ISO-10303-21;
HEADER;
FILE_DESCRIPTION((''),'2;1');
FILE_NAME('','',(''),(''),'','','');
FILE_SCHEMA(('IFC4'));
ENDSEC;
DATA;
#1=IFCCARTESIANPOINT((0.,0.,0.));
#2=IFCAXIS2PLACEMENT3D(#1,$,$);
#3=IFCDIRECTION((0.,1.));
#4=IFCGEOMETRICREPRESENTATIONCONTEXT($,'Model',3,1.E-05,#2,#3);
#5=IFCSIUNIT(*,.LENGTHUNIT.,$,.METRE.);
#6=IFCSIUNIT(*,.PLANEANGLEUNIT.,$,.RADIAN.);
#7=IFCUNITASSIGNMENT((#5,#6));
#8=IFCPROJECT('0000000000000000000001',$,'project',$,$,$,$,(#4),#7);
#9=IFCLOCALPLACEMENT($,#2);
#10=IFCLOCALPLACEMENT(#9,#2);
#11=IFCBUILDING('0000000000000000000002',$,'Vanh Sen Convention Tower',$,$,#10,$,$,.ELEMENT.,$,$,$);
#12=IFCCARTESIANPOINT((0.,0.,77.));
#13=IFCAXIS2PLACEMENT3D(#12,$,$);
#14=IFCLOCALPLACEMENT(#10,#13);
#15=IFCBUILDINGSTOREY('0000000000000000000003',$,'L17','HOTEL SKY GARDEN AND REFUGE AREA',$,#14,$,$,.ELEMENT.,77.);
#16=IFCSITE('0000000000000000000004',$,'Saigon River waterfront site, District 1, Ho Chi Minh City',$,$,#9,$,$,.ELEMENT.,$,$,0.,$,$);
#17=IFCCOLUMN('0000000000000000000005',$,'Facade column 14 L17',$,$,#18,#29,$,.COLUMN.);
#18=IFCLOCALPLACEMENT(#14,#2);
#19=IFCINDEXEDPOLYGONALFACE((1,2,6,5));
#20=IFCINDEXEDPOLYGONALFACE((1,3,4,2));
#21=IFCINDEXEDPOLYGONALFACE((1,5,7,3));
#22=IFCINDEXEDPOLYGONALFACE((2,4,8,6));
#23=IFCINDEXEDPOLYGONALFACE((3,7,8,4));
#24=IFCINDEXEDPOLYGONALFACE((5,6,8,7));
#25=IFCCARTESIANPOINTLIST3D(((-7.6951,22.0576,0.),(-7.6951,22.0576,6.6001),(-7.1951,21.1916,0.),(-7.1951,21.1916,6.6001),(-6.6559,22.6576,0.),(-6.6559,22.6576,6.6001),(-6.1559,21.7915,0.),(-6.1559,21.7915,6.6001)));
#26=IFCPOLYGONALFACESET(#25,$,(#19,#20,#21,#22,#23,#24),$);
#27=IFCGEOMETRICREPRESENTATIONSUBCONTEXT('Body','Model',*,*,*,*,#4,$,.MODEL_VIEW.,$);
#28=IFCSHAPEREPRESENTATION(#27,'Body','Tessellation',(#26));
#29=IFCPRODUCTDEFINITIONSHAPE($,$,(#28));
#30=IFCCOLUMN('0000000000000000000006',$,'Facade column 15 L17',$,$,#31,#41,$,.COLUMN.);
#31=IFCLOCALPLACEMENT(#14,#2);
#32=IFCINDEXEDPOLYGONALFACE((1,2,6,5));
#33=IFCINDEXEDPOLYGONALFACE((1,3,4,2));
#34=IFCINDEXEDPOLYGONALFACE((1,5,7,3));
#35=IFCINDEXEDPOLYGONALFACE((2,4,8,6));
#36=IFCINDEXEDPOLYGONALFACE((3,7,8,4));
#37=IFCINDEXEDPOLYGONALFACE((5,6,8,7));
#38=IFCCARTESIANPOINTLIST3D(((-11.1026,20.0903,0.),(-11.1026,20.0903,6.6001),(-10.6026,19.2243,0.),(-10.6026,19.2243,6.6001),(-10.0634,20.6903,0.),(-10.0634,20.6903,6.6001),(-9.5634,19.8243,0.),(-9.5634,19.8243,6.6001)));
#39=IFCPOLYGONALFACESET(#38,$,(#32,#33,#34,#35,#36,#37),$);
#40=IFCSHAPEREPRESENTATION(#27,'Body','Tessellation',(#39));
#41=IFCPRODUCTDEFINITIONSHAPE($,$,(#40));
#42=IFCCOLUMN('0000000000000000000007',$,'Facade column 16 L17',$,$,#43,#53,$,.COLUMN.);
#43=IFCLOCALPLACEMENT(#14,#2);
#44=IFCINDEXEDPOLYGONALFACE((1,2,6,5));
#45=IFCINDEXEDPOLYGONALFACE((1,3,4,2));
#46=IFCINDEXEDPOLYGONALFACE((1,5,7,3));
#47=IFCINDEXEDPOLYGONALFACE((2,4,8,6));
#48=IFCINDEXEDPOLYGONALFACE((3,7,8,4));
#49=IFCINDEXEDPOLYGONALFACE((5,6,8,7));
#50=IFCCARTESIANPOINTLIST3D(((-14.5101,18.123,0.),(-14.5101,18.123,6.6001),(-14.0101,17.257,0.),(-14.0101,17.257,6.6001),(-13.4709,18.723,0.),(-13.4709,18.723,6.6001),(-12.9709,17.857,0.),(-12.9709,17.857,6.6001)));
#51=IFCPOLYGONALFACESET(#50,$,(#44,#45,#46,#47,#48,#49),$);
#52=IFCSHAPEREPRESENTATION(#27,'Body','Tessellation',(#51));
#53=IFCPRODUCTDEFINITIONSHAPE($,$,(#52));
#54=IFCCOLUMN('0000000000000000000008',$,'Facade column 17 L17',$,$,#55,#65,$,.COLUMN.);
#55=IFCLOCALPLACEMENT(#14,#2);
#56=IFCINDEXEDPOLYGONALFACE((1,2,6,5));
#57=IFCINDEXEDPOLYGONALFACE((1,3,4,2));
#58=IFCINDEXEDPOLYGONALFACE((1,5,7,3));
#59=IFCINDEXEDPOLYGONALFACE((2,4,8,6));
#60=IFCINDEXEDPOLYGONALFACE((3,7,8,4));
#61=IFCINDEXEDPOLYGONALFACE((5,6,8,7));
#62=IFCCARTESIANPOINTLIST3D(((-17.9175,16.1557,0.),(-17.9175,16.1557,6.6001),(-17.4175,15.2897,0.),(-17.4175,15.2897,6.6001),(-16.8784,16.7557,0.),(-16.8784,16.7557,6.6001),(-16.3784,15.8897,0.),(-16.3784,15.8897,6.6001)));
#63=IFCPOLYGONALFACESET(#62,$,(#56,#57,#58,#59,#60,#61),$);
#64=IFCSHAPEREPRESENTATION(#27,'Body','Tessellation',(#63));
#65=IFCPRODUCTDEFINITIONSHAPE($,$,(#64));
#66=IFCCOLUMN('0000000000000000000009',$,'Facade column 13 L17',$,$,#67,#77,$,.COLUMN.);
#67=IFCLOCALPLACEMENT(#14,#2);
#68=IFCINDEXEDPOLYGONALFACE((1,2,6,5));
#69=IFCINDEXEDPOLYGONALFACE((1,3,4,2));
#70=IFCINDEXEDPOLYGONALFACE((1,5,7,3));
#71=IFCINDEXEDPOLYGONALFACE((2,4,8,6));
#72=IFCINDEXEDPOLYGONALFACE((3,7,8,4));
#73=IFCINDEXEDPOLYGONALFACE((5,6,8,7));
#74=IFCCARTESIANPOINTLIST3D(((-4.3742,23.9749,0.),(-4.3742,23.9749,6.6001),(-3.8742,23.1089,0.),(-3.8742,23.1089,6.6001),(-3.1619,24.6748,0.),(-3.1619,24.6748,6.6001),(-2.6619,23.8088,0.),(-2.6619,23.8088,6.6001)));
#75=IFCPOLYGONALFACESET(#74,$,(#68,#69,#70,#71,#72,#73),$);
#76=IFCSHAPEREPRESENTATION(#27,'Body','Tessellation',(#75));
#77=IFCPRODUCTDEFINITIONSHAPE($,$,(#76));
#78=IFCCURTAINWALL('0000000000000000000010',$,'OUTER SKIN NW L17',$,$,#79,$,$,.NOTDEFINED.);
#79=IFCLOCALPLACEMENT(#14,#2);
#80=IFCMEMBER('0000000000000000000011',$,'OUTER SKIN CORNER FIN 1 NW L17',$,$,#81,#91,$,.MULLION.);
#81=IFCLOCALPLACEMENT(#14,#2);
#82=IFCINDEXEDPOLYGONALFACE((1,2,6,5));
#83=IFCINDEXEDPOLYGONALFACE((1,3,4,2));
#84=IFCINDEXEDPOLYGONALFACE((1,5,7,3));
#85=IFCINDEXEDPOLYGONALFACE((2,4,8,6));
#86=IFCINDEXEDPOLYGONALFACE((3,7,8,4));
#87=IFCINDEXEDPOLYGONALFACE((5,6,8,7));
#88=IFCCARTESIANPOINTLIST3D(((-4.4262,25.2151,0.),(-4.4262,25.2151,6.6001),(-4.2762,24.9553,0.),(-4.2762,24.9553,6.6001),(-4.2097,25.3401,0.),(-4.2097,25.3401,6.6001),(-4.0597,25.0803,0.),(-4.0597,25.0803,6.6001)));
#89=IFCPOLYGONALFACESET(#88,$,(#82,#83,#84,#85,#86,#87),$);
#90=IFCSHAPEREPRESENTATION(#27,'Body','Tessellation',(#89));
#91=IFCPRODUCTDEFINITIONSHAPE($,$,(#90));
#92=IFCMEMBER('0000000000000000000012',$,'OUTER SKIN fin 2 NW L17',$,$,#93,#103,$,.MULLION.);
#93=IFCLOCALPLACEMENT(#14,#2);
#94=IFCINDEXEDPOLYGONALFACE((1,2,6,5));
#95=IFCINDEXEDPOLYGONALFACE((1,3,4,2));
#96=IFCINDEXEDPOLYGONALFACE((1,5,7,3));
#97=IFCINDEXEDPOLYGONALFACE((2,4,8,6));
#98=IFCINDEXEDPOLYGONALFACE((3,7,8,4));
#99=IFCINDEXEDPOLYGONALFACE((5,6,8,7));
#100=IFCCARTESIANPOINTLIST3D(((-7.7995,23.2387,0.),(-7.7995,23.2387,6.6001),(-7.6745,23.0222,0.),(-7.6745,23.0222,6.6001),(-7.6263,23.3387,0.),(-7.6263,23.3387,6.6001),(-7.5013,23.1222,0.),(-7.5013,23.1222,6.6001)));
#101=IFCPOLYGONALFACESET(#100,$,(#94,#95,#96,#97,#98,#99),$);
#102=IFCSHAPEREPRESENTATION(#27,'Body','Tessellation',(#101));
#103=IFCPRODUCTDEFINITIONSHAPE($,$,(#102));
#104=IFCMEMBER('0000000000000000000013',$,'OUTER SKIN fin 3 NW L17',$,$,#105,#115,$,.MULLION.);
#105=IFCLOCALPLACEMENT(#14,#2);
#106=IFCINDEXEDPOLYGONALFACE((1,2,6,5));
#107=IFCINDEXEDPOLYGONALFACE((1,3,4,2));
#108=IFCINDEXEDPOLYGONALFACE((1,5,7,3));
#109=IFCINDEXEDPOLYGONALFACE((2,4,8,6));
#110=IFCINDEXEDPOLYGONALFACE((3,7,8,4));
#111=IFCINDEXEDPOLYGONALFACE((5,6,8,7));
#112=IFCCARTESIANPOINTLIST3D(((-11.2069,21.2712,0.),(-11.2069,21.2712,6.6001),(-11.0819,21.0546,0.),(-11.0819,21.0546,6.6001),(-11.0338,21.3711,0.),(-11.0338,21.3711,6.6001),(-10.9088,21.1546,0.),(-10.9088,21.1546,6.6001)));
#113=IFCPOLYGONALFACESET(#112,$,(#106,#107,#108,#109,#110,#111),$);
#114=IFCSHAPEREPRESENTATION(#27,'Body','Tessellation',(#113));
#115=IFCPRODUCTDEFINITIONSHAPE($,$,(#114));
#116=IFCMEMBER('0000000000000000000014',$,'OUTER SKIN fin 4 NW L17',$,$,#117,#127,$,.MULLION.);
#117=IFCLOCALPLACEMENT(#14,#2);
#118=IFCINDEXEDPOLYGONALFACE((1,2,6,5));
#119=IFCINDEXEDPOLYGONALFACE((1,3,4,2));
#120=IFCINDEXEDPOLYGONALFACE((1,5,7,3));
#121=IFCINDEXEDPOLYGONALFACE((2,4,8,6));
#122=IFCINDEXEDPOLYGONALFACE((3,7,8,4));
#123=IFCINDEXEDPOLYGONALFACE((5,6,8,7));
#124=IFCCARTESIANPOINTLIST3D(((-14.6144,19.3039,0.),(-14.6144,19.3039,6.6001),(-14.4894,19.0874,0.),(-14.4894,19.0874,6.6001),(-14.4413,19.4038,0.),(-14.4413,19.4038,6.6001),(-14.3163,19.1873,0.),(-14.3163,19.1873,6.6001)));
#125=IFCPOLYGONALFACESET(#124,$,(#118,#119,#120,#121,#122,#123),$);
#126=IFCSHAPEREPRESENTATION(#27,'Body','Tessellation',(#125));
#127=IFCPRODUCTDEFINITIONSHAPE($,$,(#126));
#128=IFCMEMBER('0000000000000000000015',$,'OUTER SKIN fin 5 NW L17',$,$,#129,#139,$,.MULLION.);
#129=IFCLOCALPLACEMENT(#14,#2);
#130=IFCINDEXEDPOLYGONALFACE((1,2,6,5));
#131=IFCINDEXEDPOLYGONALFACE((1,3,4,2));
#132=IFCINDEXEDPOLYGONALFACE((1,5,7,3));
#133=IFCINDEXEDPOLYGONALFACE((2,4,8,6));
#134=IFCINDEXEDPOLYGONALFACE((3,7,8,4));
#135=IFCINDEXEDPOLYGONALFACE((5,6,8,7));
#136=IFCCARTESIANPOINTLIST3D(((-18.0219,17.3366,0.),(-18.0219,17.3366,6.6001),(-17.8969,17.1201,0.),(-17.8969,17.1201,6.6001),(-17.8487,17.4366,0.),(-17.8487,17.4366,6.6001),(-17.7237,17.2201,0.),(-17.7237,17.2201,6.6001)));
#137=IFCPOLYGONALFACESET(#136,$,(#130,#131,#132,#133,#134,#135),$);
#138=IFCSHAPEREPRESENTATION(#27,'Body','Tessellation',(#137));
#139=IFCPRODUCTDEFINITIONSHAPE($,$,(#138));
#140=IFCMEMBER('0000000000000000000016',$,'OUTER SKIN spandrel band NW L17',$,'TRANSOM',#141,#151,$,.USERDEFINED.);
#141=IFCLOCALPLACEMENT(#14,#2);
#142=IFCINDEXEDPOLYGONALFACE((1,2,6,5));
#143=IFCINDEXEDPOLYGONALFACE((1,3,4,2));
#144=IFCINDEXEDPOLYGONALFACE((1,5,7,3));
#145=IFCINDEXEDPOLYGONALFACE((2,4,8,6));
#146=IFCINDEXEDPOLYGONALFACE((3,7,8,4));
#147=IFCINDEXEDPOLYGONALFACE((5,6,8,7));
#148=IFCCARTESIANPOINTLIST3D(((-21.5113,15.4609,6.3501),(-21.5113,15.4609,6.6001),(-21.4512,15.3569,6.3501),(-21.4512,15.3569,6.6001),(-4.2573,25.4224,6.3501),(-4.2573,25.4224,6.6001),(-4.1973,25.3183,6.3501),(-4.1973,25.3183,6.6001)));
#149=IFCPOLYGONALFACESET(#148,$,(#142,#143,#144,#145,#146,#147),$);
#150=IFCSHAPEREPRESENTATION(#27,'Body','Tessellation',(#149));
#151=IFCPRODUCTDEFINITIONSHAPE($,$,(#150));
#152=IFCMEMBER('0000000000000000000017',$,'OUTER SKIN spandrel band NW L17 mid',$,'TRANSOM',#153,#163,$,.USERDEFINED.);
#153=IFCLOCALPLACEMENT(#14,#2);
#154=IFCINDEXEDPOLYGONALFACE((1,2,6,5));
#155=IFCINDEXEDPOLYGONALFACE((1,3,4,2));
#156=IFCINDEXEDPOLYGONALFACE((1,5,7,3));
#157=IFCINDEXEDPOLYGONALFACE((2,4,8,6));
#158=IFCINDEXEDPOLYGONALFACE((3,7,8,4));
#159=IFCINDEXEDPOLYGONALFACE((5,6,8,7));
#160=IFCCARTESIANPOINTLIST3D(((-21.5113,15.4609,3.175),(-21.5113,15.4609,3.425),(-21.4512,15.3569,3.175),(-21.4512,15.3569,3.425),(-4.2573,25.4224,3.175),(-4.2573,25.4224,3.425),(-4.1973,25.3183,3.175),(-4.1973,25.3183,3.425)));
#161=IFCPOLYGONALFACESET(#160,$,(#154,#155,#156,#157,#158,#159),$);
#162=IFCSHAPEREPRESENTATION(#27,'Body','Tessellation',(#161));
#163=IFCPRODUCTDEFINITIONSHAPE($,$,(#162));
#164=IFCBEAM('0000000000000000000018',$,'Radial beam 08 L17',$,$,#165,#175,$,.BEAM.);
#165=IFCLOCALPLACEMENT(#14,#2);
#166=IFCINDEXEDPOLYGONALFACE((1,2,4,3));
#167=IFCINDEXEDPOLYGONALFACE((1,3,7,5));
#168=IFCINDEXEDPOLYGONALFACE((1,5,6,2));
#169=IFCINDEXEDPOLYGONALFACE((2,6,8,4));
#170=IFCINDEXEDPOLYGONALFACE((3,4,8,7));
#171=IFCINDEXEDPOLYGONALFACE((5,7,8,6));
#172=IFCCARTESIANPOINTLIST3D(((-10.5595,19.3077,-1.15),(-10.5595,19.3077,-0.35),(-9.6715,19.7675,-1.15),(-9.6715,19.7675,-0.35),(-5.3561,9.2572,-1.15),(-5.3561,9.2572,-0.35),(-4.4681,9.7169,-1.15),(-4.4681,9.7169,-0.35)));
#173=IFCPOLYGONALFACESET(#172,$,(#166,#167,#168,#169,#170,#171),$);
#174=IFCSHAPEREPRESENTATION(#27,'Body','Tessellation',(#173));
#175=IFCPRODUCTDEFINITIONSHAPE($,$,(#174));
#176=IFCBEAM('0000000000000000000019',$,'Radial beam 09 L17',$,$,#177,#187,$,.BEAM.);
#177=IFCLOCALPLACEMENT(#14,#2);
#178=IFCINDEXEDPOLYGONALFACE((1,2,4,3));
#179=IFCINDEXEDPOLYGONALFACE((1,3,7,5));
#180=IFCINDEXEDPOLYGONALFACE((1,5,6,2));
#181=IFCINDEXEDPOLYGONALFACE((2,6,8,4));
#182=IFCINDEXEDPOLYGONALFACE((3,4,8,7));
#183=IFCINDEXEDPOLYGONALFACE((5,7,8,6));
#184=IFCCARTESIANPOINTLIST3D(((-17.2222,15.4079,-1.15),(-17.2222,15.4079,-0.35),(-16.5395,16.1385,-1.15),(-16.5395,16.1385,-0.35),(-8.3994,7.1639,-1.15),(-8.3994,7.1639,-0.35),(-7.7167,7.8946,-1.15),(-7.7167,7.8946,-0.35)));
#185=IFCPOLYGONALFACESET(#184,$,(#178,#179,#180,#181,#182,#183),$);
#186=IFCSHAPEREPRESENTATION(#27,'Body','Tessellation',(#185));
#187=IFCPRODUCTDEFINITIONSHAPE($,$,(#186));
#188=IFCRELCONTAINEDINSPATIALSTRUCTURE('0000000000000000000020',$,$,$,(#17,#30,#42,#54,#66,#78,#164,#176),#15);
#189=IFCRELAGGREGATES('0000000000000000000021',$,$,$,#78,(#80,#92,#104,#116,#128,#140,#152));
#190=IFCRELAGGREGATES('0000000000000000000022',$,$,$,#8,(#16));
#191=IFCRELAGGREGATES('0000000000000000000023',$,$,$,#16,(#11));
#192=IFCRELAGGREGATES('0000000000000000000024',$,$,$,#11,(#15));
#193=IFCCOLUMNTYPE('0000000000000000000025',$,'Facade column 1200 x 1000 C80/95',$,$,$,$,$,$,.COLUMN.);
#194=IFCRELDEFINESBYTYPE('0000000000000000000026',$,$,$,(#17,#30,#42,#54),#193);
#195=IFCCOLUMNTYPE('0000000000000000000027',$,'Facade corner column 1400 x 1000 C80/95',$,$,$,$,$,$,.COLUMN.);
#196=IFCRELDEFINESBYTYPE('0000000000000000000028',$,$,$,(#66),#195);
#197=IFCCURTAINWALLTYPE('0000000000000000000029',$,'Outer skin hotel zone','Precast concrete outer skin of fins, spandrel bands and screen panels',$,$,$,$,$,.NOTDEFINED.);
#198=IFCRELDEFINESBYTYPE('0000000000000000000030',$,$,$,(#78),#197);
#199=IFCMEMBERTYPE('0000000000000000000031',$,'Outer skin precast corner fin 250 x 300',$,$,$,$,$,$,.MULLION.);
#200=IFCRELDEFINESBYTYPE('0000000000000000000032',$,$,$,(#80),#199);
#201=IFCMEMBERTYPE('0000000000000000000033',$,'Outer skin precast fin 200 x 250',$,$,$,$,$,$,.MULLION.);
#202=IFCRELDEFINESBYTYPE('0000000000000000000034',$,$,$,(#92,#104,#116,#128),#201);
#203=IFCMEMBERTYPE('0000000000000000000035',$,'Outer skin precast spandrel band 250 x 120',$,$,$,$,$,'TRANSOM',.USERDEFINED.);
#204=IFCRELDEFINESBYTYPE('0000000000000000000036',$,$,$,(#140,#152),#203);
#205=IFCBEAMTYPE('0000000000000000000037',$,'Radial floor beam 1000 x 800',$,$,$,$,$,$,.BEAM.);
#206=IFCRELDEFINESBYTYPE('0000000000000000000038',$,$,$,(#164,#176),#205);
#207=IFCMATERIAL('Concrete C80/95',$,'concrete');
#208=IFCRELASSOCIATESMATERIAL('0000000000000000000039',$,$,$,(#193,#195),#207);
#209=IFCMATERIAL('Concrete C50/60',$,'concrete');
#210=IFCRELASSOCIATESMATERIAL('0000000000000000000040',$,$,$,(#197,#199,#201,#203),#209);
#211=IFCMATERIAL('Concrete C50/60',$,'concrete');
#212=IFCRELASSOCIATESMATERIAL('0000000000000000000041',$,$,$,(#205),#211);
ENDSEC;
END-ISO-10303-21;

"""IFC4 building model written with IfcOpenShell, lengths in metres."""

from ifc_helpers import new_model, si_unit, direction, frame, origin, origin_2d, place, context, subcontext, project, spatial, rectangle, extrude, material, material_profile, profile_set, type_object, element, aggregate, save


model = new_model("IFC4")

# Units and contexts
model_context = context("Model", 3, precision=1e-05, world=origin(), true_north=direction((0.0, 1.0)))
body_context = subcontext(model_context, "Body", "Model", "MODEL_VIEW")
ifc_project = project(units=[si_unit("LENGTHUNIT", "METRE"), si_unit("PLANEANGLEUNIT", "RADIAN")], contexts=[model_context])

# Site, building, storey
site_placement = place(None, origin())
site = spatial("IfcSite", under=ifc_project, at=site_placement, Name="Saigon River waterfront site, District 1, Ho Chi Minh City", CompositionType="ELEMENT", RefElevation=0.0)
building_placement = place(site_placement, origin())
building = spatial("IfcBuilding", under=site, at=building_placement, Name="Vanh Sen Convention Tower", CompositionType="ELEMENT")
storey_placement = place(building_placement, frame((0.0, 0.0, 77.0)))
storey = spatial("IfcBuildingStorey", under=building, at=storey_placement, Name="L17", Description="HOTEL SKY GARDEN AND REFUGE AREA", CompositionType="ELEMENT", Elevation=77.0)

# Columns
ifc_material_1 = material(Name="Concrete C80/95", Category="concrete")
ifc_material_profile_1 = material_profile(ifc_material_1, rectangle(XDim=1.2, YDim=1.0, at=origin_2d()), Name="RC 1200X1000")
ifc_profile_set_1 = profile_set([ifc_material_profile_1], Name="Concrete C80/95")
column_type_1 = type_object("IfcColumnType", Name="Facade column 1200 x 1000 C80/95", PredefinedType="COLUMN", material=ifc_profile_set_1)
for number, where, z_axis, x_axis, name in (
    (1, (-6.9255, 21.9246, 0.0), (0.0, 0.0, 1.0), (-0.866025, -0.5, 0.0), "Facade column 14 L17"),
    (2, (-10.333, 19.9573, 0.0), (0.0, 0.0, 1.0), (-0.866025, -0.5, 0.0), "Facade column 15 L17"),
    (3, (-13.7405, 17.99, 0.0), (0.0, 0.0, 1.0), (-0.866025, -0.5, 0.0), "Facade column 16 L17"),
    (4, (-17.1479, 16.0227, 0.0), (0.0, 0.0, 1.0), (-0.866025, -0.5, 0.0), "Facade column 17 L17"),
):
    element("IfcColumn", number, at=place(storey_placement, frame(where, z_axis=z_axis, x_axis=x_axis)), inside=storey, type_object=column_type_1, Name=name, PredefinedType="COLUMN", context=body_context, shape_type="SweptSolid", body=[
        extrude(rectangle(XDim=1.2, YDim=1.0, at=origin_2d()), origin(), (0.0, 0.0, 1.0), 6.6001),
    ])
ifc_material_profile_2 = material_profile(ifc_material_1, rectangle(XDim=1.3999, YDim=1.0, at=origin_2d()), Name="RC 1400X1000")
ifc_profile_set_2 = profile_set([ifc_material_profile_2], Name="Concrete C80/95")
column_type_2 = type_object("IfcColumnType", Name="Facade corner column 1400 x 1000 C80/95", PredefinedType="COLUMN", material=ifc_profile_set_2)
column_placement = place(storey_placement, frame((-3.5181, 23.8918, 0.0), z_axis=(0.0, 0.0, 1.0), x_axis=(-0.866025, -0.5, 0.0)))
element("IfcColumn", 5, at=column_placement, inside=storey, type_object=column_type_2, Name="Facade column 13 L17", PredefinedType="COLUMN", context=body_context, shape_type="SweptSolid", body=[
    extrude(rectangle(XDim=1.3999, YDim=1.0, at=origin_2d()), origin(), (0.0, 0.0, 1.0), 6.6001),
])

# Curtain wall, members
ifc_material_2 = material(Name="Concrete C50/60", Category="concrete")
curtain_wall_type = type_object("IfcCurtainWallType", Name="Outer skin hotel zone", Description="Precast concrete outer skin of fins, spandrel bands and screen panels", PredefinedType="NOTDEFINED", material=ifc_material_2)
curtain_wall_placement = place(storey_placement, origin())
curtain_wall = element("IfcCurtainWall", 6, at=curtain_wall_placement, inside=storey, type_object=curtain_wall_type, Name="OUTER SKIN NW L17", PredefinedType="NOTDEFINED")
ifc_material_profile_3 = material_profile(ifc_material_2, rectangle(XDim=0.25, YDim=0.3, at=origin_2d()), Name="Outer skin precast corner fin 250 x 300")
ifc_profile_set_3 = profile_set([ifc_material_profile_3], Name="Concrete C50/60")
member_type_1 = type_object("IfcMemberType", Name="Outer skin precast corner fin 250 x 300", PredefinedType="MULLION", material=ifc_profile_set_3)
member_1_placement = place(storey_placement, frame((-4.2429, 25.1477, 0.0), z_axis=(0.0, 0.0, 1.0), x_axis=(-0.866025, -0.5, 0.0)))
member_1 = element("IfcMember", 7, at=member_1_placement, type_object=member_type_1, Name="OUTER SKIN CORNER FIN 1 NW L17", PredefinedType="MULLION", context=body_context, shape_type="SweptSolid", body=[
    extrude(rectangle(XDim=0.25, YDim=0.3, at=origin_2d()), origin(), (0.0, 0.0, 1.0), 6.6001),
])
ifc_material_profile_4 = material_profile(ifc_material_2, rectangle(XDim=0.2, YDim=0.25, at=origin_2d()), Name="Outer skin precast fin 200 x 250")
ifc_profile_set_4 = profile_set([ifc_material_profile_4], Name="Concrete C50/60")
member_type_2 = type_object("IfcMemberType", Name="Outer skin precast fin 200 x 250", PredefinedType="MULLION", material=ifc_profile_set_4)
member_2_placement = place(storey_placement, frame((-7.6504, 23.1804, 0.0), z_axis=(0.0, 0.0, 1.0), x_axis=(-0.866025, -0.5, 0.0)))
member_2 = element("IfcMember", 8, at=member_2_placement, type_object=member_type_2, Name="OUTER SKIN fin 2 NW L17", PredefinedType="MULLION", context=body_context, shape_type="SweptSolid", body=[
    extrude(rectangle(XDim=0.2, YDim=0.25, at=origin_2d()), origin(), (0.0, 0.0, 1.0), 6.6001),
])
member_3_placement = place(storey_placement, frame((-11.0579, 21.2129, 0.0), z_axis=(0.0, 0.0, 1.0), x_axis=(-0.866025, -0.5, 0.0)))
member_3 = element("IfcMember", 9, at=member_3_placement, type_object=member_type_2, Name="OUTER SKIN fin 3 NW L17", PredefinedType="MULLION", context=body_context, shape_type="SweptSolid", body=[
    extrude(rectangle(XDim=0.2, YDim=0.25, at=origin_2d()), origin(), (0.0, 0.0, 1.0), 6.6001),
])
member_4_placement = place(storey_placement, frame((-14.4653, 19.2456, 0.0), z_axis=(0.0, 0.0, 1.0), x_axis=(-0.866025, -0.5, 0.0)))
member_4 = element("IfcMember", 10, at=member_4_placement, type_object=member_type_2, Name="OUTER SKIN fin 4 NW L17", PredefinedType="MULLION", context=body_context, shape_type="SweptSolid", body=[
    extrude(rectangle(XDim=0.2, YDim=0.25, at=origin_2d()), origin(), (0.0, 0.0, 1.0), 6.6001),
])
member_5_placement = place(storey_placement, frame((-17.8728, 17.2783, 0.0), z_axis=(0.0, 0.0, 1.0), x_axis=(-0.866025, -0.5, 0.0)))
member_5 = element("IfcMember", 11, at=member_5_placement, type_object=member_type_2, Name="OUTER SKIN fin 5 NW L17", PredefinedType="MULLION", context=body_context, shape_type="SweptSolid", body=[
    extrude(rectangle(XDim=0.2, YDim=0.25, at=origin_2d()), origin(), (0.0, 0.0, 1.0), 6.6001),
])
ifc_material_profile_5 = material_profile(ifc_material_2, rectangle(XDim=0.1201, YDim=0.25, at=origin_2d()), Name="Outer skin precast spandrel band 250 x 120")
ifc_profile_set_5 = profile_set([ifc_material_profile_5], Name="Concrete C50/60")
member_type_3 = type_object("IfcMemberType", Name="Outer skin precast spandrel band 250 x 120", ElementType="TRANSOM", PredefinedType="USERDEFINED", material=ifc_profile_set_5)
member_6_placement = place(storey_placement, frame((-4.2273, 25.3704, 6.4751), z_axis=(-0.866028, -0.499995, 0.0), x_axis=(0.499995, -0.866028, 0.0)))
member_6 = element("IfcMember", 12, at=member_6_placement, type_object=member_type_3, Name="OUTER SKIN spandrel band NW L17", ObjectType="TRANSOM", PredefinedType="USERDEFINED", context=body_context, shape_type="SweptSolid", body=[
    extrude(rectangle(XDim=0.1201, YDim=0.25, at=origin_2d()), origin(), (0.0, 0.0, 1.0), 19.9231),
])
member_7_placement = place(storey_placement, frame((-4.2273, 25.3704, 3.3), z_axis=(-0.866028, -0.499995, 0.0), x_axis=(0.499995, -0.866028, 0.0)))
member_7 = element("IfcMember", 13, at=member_7_placement, type_object=member_type_3, Name="OUTER SKIN spandrel band NW L17 mid", ObjectType="TRANSOM", PredefinedType="USERDEFINED", context=body_context, shape_type="SweptSolid", body=[
    extrude(rectangle(XDim=0.1201, YDim=0.25, at=origin_2d()), origin(), (0.0, 0.0, 1.0), 19.9231),
])

# Beams
ifc_material_3 = material(Name="Concrete C50/60", Category="concrete")
ifc_material_profile_6 = material_profile(ifc_material_3, rectangle(XDim=1.0, YDim=0.8, at=origin_2d()), Name="RC 1000X800")
ifc_profile_set_6 = profile_set([ifc_material_profile_6], Name="Concrete C50/60")
beam_type_1 = type_object("IfcBeamType", Name="Radial floor beam 1000 x 800", PredefinedType="BEAM", material=ifc_profile_set_6)
beam_1_placement = place(storey_placement, frame((-10.1155, 19.5376, -0.75), z_axis=(0.459759, -0.888044, 0.0), x_axis=(0.888044, 0.459759, 0.0)))
element("IfcBeam", 14, at=beam_1_placement, inside=storey, type_object=beam_type_1, Name="Radial beam 08 L17", PredefinedType="BEAM", context=body_context, shape_type="SweptSolid", body=[
    extrude(rectangle(XDim=1.0, YDim=0.8, at=origin_2d()), origin(), (0.0, 0.0, 1.0), 11.3176),
])
beam_2_placement = place(storey_placement, frame((-16.8809, 15.7732, -0.75), z_axis=(0.73067, -0.682731, 0.0), x_axis=(0.682731, 0.73067, 0.0)))
element("IfcBeam", 15, at=beam_2_placement, inside=storey, type_object=beam_type_1, Name="Radial beam 09 L17", PredefinedType="BEAM", context=body_context, shape_type="SweptSolid", body=[
    extrude(rectangle(XDim=1.0, YDim=0.8, at=origin_2d()), origin(), (0.0, 0.0, 1.0), 12.075),
])

aggregate(curtain_wall, [member_1, member_2, member_3, member_4, member_5, member_6, member_7])

save(model, "model.ifc")
